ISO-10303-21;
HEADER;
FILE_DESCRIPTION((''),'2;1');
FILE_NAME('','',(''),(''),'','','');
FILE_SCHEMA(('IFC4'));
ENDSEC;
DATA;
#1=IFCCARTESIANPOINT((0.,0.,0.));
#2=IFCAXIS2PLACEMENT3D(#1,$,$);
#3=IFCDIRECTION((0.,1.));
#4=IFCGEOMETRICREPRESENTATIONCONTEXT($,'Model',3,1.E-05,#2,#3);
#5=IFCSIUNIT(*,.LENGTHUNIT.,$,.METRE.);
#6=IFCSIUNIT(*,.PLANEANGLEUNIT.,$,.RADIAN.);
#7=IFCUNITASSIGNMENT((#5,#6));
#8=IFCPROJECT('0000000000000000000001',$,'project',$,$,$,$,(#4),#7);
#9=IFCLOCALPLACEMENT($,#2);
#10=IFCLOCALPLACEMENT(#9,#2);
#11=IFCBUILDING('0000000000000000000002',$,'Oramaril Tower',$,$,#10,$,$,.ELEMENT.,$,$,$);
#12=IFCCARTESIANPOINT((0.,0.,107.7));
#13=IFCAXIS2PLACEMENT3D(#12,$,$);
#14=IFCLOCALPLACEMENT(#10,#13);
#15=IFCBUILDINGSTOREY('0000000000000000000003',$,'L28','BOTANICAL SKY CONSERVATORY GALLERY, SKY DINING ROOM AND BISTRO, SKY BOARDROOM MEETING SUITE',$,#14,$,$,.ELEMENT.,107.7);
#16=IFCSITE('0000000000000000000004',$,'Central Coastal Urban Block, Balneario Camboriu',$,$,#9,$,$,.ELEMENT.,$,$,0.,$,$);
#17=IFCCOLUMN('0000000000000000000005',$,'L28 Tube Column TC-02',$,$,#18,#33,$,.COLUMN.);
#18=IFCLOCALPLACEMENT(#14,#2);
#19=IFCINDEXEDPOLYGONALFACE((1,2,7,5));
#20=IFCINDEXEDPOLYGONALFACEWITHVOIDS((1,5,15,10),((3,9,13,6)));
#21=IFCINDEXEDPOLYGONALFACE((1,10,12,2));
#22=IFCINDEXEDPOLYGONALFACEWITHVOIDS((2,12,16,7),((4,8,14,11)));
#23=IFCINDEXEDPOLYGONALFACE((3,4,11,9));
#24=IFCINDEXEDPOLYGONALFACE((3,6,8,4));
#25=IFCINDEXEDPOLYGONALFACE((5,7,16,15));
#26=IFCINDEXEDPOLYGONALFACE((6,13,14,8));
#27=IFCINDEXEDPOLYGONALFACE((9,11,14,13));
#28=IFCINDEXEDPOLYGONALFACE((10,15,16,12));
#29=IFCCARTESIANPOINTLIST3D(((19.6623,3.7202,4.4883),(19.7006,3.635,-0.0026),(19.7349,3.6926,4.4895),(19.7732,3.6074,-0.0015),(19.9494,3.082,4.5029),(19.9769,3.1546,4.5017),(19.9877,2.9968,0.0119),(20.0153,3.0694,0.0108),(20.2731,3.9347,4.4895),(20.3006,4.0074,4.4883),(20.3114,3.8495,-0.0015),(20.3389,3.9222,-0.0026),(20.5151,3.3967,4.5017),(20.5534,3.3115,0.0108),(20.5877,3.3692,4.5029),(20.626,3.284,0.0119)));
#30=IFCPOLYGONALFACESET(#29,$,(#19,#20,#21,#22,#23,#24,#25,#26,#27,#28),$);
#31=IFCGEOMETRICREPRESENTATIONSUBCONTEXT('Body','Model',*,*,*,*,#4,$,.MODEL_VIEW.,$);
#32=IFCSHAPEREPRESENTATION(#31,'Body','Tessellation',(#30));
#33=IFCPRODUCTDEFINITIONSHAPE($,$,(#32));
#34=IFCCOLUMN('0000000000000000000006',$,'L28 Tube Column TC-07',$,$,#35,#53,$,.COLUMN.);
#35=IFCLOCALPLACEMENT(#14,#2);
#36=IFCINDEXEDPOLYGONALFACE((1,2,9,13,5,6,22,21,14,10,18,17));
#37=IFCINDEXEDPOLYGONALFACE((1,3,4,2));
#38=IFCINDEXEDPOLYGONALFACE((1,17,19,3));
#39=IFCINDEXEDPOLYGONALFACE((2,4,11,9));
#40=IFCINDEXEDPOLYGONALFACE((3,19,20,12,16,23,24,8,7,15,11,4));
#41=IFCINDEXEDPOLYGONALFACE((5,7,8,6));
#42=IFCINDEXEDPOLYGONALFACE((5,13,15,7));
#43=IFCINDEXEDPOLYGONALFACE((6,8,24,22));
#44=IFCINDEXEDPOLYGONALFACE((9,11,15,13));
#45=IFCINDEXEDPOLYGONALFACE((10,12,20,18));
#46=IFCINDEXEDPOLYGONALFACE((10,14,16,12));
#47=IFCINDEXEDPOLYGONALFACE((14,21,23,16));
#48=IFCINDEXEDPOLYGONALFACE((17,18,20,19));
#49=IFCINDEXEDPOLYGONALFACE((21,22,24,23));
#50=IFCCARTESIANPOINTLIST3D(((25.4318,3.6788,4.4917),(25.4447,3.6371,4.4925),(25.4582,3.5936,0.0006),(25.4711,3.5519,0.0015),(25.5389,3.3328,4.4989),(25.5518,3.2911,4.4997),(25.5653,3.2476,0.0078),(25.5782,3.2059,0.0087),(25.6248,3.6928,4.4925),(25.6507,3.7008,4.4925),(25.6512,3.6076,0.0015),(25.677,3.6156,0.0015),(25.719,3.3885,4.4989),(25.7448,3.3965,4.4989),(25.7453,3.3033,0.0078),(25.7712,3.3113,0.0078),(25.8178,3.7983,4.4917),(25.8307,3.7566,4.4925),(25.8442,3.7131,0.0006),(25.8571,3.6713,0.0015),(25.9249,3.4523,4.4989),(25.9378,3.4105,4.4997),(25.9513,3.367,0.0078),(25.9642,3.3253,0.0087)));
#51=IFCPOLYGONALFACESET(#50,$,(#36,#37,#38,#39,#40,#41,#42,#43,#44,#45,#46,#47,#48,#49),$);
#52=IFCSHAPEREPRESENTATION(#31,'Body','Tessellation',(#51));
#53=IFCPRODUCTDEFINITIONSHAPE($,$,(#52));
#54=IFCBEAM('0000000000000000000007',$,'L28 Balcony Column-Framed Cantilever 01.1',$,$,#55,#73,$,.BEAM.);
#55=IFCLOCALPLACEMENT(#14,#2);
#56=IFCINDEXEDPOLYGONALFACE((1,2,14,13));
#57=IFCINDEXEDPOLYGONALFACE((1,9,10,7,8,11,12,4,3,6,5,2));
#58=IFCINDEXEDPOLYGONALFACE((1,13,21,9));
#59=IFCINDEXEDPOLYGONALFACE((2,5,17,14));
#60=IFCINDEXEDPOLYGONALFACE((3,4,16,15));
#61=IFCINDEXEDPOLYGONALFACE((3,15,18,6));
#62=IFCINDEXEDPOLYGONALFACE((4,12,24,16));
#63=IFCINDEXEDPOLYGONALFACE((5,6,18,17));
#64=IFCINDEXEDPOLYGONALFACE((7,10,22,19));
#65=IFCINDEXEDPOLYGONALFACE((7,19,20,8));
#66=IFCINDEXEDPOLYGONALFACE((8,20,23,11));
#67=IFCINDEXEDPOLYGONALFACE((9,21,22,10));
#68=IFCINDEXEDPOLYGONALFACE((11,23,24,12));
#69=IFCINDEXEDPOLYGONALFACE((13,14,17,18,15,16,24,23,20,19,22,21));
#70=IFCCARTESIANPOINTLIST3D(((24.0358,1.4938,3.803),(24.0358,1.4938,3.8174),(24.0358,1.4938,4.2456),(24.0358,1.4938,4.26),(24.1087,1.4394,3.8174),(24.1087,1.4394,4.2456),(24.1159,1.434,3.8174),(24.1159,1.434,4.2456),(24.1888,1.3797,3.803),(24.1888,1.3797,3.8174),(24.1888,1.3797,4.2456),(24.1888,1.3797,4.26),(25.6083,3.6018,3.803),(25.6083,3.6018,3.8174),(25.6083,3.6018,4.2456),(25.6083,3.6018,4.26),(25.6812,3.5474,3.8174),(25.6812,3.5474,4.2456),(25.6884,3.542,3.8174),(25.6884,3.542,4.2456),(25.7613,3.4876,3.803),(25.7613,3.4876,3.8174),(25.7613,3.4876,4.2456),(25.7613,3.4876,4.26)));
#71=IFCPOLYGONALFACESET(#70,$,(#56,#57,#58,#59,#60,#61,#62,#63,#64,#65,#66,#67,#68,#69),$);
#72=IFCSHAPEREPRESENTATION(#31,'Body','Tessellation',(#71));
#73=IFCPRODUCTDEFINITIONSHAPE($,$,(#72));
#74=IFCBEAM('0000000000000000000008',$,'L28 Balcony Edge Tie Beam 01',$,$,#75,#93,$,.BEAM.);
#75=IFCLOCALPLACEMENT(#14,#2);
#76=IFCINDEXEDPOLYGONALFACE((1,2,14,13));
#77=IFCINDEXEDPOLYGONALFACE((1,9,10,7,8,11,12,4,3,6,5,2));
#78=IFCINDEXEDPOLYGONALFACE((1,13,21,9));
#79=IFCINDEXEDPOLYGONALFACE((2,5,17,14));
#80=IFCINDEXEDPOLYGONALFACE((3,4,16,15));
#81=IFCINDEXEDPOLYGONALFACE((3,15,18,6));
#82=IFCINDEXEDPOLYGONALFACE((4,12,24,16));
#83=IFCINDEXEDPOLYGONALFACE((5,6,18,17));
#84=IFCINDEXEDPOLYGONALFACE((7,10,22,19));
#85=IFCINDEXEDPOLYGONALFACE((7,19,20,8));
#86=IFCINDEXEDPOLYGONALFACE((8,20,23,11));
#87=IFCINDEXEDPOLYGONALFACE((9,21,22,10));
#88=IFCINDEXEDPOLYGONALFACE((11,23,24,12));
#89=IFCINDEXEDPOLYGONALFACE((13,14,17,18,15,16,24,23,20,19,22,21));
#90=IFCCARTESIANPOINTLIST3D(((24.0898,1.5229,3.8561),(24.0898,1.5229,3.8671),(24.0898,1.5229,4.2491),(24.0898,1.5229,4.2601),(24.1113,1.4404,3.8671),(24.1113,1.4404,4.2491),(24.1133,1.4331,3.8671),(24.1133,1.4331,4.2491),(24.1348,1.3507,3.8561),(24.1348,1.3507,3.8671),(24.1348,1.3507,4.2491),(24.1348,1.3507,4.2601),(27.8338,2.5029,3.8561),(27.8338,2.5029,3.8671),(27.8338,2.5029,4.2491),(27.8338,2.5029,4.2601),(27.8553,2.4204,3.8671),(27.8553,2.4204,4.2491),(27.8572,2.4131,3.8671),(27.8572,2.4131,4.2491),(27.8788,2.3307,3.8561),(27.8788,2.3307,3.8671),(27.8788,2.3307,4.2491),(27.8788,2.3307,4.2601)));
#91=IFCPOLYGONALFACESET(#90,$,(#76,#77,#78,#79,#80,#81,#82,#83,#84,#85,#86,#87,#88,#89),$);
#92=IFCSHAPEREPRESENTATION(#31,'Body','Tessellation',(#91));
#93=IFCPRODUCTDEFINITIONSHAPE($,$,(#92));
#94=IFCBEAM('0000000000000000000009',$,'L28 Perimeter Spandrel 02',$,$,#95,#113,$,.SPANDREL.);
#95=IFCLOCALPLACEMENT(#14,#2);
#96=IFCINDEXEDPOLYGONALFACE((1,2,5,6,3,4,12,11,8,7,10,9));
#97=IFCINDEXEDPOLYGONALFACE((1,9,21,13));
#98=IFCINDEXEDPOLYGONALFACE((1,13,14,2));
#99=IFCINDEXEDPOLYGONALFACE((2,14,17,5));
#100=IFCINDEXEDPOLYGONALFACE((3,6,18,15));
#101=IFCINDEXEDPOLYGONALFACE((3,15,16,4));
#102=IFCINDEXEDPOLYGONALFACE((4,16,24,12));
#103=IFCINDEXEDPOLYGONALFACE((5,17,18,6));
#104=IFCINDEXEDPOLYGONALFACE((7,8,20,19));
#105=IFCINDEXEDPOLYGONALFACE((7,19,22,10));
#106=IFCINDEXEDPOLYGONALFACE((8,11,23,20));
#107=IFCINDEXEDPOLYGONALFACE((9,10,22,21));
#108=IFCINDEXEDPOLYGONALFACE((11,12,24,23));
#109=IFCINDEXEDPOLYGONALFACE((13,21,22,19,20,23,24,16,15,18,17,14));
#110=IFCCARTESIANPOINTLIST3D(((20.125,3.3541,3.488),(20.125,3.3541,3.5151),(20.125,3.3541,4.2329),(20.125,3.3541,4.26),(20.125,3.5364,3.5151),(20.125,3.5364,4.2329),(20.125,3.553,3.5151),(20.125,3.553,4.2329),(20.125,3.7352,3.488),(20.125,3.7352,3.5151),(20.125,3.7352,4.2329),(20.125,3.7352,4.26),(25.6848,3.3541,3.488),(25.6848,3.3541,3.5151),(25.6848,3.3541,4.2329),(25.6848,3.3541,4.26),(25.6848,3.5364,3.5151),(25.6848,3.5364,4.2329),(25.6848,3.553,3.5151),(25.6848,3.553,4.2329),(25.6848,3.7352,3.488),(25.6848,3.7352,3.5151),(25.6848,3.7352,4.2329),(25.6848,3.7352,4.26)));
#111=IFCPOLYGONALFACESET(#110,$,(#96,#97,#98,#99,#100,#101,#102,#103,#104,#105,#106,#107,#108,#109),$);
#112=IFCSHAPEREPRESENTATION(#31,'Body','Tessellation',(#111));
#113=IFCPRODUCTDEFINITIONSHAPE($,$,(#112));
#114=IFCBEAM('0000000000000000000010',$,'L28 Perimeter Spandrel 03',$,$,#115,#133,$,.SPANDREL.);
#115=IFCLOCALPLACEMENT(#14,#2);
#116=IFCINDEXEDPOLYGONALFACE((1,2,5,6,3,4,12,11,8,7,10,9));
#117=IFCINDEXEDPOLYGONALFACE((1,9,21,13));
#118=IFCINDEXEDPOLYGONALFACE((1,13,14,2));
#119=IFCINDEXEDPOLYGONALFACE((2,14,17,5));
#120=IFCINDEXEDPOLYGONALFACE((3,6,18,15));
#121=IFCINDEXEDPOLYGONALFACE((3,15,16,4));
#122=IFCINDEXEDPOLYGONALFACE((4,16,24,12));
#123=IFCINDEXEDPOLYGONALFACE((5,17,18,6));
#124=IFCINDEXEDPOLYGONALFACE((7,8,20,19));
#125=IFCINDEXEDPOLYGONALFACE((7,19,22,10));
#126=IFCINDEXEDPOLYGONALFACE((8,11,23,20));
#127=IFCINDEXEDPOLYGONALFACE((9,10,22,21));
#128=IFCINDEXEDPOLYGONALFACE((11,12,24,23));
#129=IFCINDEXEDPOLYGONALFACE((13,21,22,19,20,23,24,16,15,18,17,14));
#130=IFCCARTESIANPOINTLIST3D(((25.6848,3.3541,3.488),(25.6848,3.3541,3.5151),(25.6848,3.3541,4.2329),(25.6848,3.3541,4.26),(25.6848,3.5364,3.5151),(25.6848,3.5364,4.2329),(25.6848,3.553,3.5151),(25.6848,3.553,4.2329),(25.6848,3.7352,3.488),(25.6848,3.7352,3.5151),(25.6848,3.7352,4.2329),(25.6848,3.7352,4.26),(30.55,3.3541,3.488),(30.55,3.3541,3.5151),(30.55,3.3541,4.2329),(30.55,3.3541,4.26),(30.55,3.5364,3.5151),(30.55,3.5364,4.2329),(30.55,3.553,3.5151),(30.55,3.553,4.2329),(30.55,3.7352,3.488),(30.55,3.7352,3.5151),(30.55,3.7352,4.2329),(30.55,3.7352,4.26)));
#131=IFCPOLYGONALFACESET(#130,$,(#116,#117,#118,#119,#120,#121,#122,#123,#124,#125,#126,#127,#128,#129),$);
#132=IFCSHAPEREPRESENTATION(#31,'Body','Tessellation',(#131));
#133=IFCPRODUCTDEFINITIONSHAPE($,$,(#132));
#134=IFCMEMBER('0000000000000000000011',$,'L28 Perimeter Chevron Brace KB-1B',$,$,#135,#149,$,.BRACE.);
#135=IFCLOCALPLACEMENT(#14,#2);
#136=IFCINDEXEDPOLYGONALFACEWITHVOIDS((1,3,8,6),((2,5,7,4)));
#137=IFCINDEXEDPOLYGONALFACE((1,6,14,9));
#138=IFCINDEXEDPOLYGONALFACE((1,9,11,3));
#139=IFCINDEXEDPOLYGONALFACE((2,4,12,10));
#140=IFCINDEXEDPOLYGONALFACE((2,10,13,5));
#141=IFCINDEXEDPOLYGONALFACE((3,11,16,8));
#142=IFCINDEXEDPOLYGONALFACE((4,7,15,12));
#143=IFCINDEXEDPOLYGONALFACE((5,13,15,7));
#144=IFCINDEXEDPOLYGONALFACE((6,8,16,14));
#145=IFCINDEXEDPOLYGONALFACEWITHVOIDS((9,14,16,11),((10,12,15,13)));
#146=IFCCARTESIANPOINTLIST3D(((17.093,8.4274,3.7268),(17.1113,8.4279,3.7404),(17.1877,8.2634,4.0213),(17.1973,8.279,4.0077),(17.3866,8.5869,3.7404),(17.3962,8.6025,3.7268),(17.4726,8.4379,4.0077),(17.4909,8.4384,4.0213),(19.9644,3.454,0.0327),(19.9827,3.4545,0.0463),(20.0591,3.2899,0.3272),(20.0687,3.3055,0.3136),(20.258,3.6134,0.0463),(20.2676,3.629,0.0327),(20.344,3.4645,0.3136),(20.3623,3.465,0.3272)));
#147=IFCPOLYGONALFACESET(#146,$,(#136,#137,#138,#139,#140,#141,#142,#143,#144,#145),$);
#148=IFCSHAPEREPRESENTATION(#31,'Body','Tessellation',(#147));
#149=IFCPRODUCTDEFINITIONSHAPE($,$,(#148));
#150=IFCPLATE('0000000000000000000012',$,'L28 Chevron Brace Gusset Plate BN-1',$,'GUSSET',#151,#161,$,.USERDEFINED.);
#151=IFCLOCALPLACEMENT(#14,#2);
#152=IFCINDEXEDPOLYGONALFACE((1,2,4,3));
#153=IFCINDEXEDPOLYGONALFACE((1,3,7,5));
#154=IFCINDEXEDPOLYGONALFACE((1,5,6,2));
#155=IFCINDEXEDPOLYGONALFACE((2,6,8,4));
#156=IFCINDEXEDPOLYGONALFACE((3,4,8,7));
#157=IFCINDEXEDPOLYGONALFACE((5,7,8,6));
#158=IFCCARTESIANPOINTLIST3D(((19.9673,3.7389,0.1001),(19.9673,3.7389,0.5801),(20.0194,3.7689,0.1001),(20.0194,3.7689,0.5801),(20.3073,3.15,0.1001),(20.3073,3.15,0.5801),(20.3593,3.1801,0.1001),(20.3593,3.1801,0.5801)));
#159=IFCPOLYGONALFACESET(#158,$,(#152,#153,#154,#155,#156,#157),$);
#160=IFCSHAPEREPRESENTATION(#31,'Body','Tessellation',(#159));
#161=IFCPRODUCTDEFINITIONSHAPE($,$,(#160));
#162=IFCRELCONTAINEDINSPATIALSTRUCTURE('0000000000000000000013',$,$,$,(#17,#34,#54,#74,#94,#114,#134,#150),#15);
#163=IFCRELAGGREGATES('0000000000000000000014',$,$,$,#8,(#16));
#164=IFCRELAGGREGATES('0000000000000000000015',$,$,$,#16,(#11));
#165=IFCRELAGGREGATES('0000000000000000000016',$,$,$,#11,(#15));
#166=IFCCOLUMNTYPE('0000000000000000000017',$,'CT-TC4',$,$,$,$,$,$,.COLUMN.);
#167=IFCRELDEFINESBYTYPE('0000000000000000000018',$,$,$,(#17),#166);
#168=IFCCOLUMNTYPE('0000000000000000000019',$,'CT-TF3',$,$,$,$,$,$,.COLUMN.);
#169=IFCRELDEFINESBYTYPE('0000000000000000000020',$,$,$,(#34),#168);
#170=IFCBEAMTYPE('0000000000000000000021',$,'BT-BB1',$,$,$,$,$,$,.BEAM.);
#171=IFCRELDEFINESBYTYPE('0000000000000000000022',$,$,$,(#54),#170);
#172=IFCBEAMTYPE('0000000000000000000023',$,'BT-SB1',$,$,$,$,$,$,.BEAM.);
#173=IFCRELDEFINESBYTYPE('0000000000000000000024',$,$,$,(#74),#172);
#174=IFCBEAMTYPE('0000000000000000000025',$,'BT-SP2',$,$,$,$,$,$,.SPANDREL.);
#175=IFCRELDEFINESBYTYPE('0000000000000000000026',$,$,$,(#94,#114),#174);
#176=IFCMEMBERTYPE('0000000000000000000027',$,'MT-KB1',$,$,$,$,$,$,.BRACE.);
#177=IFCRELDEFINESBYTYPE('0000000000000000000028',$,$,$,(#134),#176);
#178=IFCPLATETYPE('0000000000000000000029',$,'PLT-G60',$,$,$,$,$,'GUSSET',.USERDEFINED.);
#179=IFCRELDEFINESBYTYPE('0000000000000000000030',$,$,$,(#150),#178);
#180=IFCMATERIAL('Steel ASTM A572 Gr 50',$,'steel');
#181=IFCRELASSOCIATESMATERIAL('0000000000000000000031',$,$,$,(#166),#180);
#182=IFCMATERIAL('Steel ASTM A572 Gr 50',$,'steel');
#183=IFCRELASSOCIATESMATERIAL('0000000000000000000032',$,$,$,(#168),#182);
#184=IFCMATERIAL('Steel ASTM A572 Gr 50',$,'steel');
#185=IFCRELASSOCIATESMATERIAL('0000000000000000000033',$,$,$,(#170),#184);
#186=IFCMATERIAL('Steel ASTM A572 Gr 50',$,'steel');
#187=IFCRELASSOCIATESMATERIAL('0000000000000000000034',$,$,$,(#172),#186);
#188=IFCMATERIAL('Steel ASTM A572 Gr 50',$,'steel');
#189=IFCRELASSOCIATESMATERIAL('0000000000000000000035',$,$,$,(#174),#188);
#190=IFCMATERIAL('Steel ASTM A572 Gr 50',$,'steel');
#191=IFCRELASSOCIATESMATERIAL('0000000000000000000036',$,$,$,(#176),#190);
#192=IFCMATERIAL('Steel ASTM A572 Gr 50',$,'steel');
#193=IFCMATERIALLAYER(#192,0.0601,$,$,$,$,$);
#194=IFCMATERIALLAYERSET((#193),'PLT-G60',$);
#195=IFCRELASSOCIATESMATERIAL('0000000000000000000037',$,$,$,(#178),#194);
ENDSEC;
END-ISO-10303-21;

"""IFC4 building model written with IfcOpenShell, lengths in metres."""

from ifc_helpers import new_model, si_unit, direction, frame, origin, origin_2d, place, context, subcontext, project, spatial, rectangle, hollow_rectangle, i_section, extrude, material, layer, layer_set, material_profile, profile_set, type_object, element, save


model = new_model("IFC4")

# Units and contexts
model_context = context("Model", 3, precision=1e-05, world=origin(), true_north=direction((0.0, 1.0)))
body_context = subcontext(model_context, "Body", "Model", "MODEL_VIEW")
ifc_project = project(units=[si_unit("LENGTHUNIT", "METRE"), si_unit("PLANEANGLEUNIT", "RADIAN")], contexts=[model_context])

# Site, building, storey
site_placement = place(None, origin())
site = spatial("IfcSite", under=ifc_project, at=site_placement, Name="Central Coastal Urban Block, Balneario Camboriu", CompositionType="ELEMENT", RefElevation=0.0)
building_placement = place(site_placement, origin())
building = spatial("IfcBuilding", under=site, at=building_placement, Name="Oramaril Tower", CompositionType="ELEMENT")
storey_placement = place(building_placement, frame((0.0, 0.0, 107.7)))
storey = spatial("IfcBuildingStorey", under=building, at=storey_placement, Name="L28", Description="BOTANICAL SKY CONSERVATORY GALLERY, SKY DINING ROOM AND BISTRO, SKY BOARDROOM MEETING SUITE", CompositionType="ELEMENT", Elevation=107.7)

# Columns
ifc_material_1 = material(Name="Steel ASTM A572 Gr 50", Category="steel")
ifc_material_profile_1 = material_profile(ifc_material_1, hollow_rectangle(XDim=0.7, YDim=0.7, WallThickness=0.0549, at=origin_2d()), Name="BOX700X700X55")
ifc_profile_set_1 = profile_set([ifc_material_profile_1], Name="Steel ASTM A572 Gr 50")
column_type_1 = type_object("IfcColumnType", Name="CT-TC4", PredefinedType="COLUMN", material=ifc_profile_set_1)
column_1_placement = place(storey_placement, frame((20.1633, 3.4595, 0.0046), z_axis=(-0.008533, 0.018968, 0.999784), x_axis=(-0.91197, -0.410256, 0.0)))
element("IfcColumn", 1, at=column_1_placement, inside=storey, type_object=column_type_1, Name="L28 Tube Column TC-02", PredefinedType="COLUMN", context=body_context, shape_type="SweptSolid", body=[
    extrude(hollow_rectangle(XDim=0.7, YDim=0.7, WallThickness=0.0549, at=origin_2d()), origin(), (0.0, 0.0, 1.0), 4.4919),
])
ifc_material_2 = material(Name="Steel ASTM A572 Gr 50", Category="steel")
ifc_material_profile_2 = material_profile(ifc_material_2, i_section(OverallWidth=0.4041, OverallDepth=0.406, WebThickness=0.0271, FlangeThickness=0.0437, at=origin_2d()), Name="W14X233")
ifc_profile_set_2 = profile_set([ifc_material_profile_2], Name="Steel ASTM A572 Gr 50")
column_type_2 = type_object("IfcColumnType", Name="CT-TF3", PredefinedType="COLUMN", material=ifc_profile_set_2)
column_2_placement = place(storey_placement, frame((25.7112, 3.4595, 0.0046), z_axis=(-0.00587, 0.018969, 0.999803), x_axis=(-0.955304, -0.295624, 0.0)))
element("IfcColumn", 2, at=column_2_placement, inside=storey, type_object=column_type_2, Name="L28 Tube Column TC-07", PredefinedType="COLUMN", context=body_context, shape_type="SweptSolid", body=[
    extrude(i_section(OverallWidth=0.4041, OverallDepth=0.406, WebThickness=0.0271, FlangeThickness=0.0437, at=origin_2d()), origin(), (0.0, 0.0, 1.0), 4.4919),
])

# Beams
ifc_material_3 = material(Name="Steel ASTM A572 Gr 50", Category="steel")
ifc_material_profile_3 = material_profile(ifc_material_3, i_section(OverallWidth=0.1909, OverallDepth=0.457, WebThickness=0.009, FlangeThickness=0.0144, at=origin_2d()), Name="W18X50")
ifc_profile_set_3 = profile_set([ifc_material_profile_3], Name="Steel ASTM A572 Gr 50")
beam_type_1 = type_object("IfcBeamType", Name="BT-BB1", PredefinedType="BEAM", material=ifc_profile_set_3)
beam_1_placement = place(storey_placement, frame((25.6848, 3.5447, 4.0315), z_axis=(-0.597948, -0.801535, 0.0), x_axis=(0.801535, -0.597948, 0.0)))
element("IfcBeam", 3, at=beam_1_placement, inside=storey, type_object=beam_type_1, Name="L28 Balcony Column-Framed Cantilever 01.1", PredefinedType="BEAM", context=body_context, shape_type="SweptSolid", body=[
    extrude(i_section(OverallWidth=0.1909, OverallDepth=0.457, WebThickness=0.009, FlangeThickness=0.0144, at=origin_2d()), origin(), (0.0, 0.0, 1.0), 2.6299),
])
ifc_material_4 = material(Name="Steel ASTM A572 Gr 50", Category="steel")
ifc_material_profile_4 = material_profile(ifc_material_4, i_section(OverallWidth=0.178, OverallDepth=0.4041, WebThickness=0.0076, FlangeThickness=0.011, at=origin_2d()), Name="W16X36")
ifc_profile_set_4 = profile_set([ifc_material_profile_4], Name="Steel ASTM A572 Gr 50")
beam_type_2 = type_object("IfcBeamType", Name="BT-SB1", PredefinedType="BEAM", material=ifc_profile_set_4)
beam_2_placement = place(storey_placement, frame((24.1123, 1.4368, 4.0581), z_axis=(0.967408, 0.253223, 0.0), x_axis=(-0.253223, 0.967408, 0.0)))
element("IfcBeam", 4, at=beam_2_placement, inside=storey, type_object=beam_type_2, Name="L28 Balcony Edge Tie Beam 01", PredefinedType="BEAM", context=body_context, shape_type="SweptSolid", body=[
    extrude(i_section(OverallWidth=0.178, OverallDepth=0.4041, WebThickness=0.0076, FlangeThickness=0.011, at=origin_2d()), origin(), (0.0, 0.0, 1.0), 3.8701),
])
ifc_material_5 = material(Name="Steel ASTM A572 Gr 50", Category="steel")
ifc_material_profile_5 = material_profile(ifc_material_5, i_section(OverallWidth=0.3811, OverallDepth=0.772, WebThickness=0.0166, FlangeThickness=0.0271, at=origin_2d()), Name="W30X173")
ifc_profile_set_5 = profile_set([ifc_material_profile_5], Name="Steel ASTM A572 Gr 50")
beam_type_3 = type_object("IfcBeamType", Name="BT-SP2", PredefinedType="SPANDREL", material=ifc_profile_set_5)
beam_3_placement = place(storey_placement, frame((20.125, 3.5447, 3.874), z_axis=(1.0, 0.0, 0.0), x_axis=(0.0, 1.0, 0.0)))
element("IfcBeam", 5, at=beam_3_placement, inside=storey, type_object=beam_type_3, Name="L28 Perimeter Spandrel 02", PredefinedType="SPANDREL", context=body_context, shape_type="SweptSolid", body=[
    extrude(i_section(OverallWidth=0.3811, OverallDepth=0.772, WebThickness=0.0166, FlangeThickness=0.0271, at=origin_2d()), origin(), (0.0, 0.0, 1.0), 5.5598),
])
beam_4_placement = place(storey_placement, frame((25.6848, 3.5447, 3.874), z_axis=(1.0, 0.0, 0.0), x_axis=(0.0, 1.0, 0.0)))
element("IfcBeam", 6, at=beam_4_placement, inside=storey, type_object=beam_type_3, Name="L28 Perimeter Spandrel 03", PredefinedType="SPANDREL", context=body_context, shape_type="SweptSolid", body=[
    extrude(i_section(OverallWidth=0.3811, OverallDepth=0.772, WebThickness=0.0166, FlangeThickness=0.0271, at=origin_2d()), origin(), (0.0, 0.0, 1.0), 4.8652),
])

# Member
ifc_material_6 = material(Name="Steel ASTM A572 Gr 50", Category="steel")
ifc_material_profile_6 = material_profile(ifc_material_6, hollow_rectangle(XDim=0.3501, YDim=0.3501, WallThickness=0.0161, at=origin_2d()), Name="HSS350X350X16")
ifc_profile_set_6 = profile_set([ifc_material_profile_6], Name="Steel ASTM A572 Gr 50")
member_type = type_object("IfcMemberType", Name="MT-KB1", PredefinedType="BRACE", material=ifc_profile_set_6)
member_placement = place(storey_placement, frame((20.1633, 3.4595, 0.1799), z_axis=(-0.420506, 0.728351, 0.540998), x_axis=(-0.866029, -0.499994, 0.0)))
element("IfcMember", 7, at=member_placement, inside=storey, type_object=member_type, Name="L28 Perimeter Chevron Brace KB-1B", PredefinedType="BRACE", context=body_context, shape_type="SweptSolid", body=[
    extrude(hollow_rectangle(XDim=0.3501, YDim=0.3501, WallThickness=0.0161, at=origin_2d()), origin(), (0.0, 0.0, 1.0), 6.8284),
])

# Plate
ifc_material_7 = material(Name="Steel ASTM A572 Gr 50", Category="steel")
ifc_layer_1 = layer(ifc_material_7, 0.0601)
ifc_layer_set_1 = layer_set([ifc_layer_1], Name="PLT-G60")
plate_type = type_object("IfcPlateType", Name="PLT-G60", ElementType="GUSSET", PredefinedType="USERDEFINED", material=ifc_layer_set_1)
plate_placement = place(storey_placement, frame((20.1633, 3.4595, 0.1001), z_axis=(0.0, 0.0, 1.0), x_axis=(0.500003, -0.866024, 0.0)))
element("IfcPlate", 8, at=plate_placement, inside=storey, type_object=plate_type, Name="L28 Chevron Brace Gusset Plate BN-1", ObjectType="GUSSET", PredefinedType="USERDEFINED", context=body_context, shape_type="SweptSolid", body=[
    extrude(rectangle(XDim=0.6799, YDim=0.0601, at=origin_2d()), origin(), (0.0, 0.0, 1.0), 0.48),
])

save(model, "model.ifc")
